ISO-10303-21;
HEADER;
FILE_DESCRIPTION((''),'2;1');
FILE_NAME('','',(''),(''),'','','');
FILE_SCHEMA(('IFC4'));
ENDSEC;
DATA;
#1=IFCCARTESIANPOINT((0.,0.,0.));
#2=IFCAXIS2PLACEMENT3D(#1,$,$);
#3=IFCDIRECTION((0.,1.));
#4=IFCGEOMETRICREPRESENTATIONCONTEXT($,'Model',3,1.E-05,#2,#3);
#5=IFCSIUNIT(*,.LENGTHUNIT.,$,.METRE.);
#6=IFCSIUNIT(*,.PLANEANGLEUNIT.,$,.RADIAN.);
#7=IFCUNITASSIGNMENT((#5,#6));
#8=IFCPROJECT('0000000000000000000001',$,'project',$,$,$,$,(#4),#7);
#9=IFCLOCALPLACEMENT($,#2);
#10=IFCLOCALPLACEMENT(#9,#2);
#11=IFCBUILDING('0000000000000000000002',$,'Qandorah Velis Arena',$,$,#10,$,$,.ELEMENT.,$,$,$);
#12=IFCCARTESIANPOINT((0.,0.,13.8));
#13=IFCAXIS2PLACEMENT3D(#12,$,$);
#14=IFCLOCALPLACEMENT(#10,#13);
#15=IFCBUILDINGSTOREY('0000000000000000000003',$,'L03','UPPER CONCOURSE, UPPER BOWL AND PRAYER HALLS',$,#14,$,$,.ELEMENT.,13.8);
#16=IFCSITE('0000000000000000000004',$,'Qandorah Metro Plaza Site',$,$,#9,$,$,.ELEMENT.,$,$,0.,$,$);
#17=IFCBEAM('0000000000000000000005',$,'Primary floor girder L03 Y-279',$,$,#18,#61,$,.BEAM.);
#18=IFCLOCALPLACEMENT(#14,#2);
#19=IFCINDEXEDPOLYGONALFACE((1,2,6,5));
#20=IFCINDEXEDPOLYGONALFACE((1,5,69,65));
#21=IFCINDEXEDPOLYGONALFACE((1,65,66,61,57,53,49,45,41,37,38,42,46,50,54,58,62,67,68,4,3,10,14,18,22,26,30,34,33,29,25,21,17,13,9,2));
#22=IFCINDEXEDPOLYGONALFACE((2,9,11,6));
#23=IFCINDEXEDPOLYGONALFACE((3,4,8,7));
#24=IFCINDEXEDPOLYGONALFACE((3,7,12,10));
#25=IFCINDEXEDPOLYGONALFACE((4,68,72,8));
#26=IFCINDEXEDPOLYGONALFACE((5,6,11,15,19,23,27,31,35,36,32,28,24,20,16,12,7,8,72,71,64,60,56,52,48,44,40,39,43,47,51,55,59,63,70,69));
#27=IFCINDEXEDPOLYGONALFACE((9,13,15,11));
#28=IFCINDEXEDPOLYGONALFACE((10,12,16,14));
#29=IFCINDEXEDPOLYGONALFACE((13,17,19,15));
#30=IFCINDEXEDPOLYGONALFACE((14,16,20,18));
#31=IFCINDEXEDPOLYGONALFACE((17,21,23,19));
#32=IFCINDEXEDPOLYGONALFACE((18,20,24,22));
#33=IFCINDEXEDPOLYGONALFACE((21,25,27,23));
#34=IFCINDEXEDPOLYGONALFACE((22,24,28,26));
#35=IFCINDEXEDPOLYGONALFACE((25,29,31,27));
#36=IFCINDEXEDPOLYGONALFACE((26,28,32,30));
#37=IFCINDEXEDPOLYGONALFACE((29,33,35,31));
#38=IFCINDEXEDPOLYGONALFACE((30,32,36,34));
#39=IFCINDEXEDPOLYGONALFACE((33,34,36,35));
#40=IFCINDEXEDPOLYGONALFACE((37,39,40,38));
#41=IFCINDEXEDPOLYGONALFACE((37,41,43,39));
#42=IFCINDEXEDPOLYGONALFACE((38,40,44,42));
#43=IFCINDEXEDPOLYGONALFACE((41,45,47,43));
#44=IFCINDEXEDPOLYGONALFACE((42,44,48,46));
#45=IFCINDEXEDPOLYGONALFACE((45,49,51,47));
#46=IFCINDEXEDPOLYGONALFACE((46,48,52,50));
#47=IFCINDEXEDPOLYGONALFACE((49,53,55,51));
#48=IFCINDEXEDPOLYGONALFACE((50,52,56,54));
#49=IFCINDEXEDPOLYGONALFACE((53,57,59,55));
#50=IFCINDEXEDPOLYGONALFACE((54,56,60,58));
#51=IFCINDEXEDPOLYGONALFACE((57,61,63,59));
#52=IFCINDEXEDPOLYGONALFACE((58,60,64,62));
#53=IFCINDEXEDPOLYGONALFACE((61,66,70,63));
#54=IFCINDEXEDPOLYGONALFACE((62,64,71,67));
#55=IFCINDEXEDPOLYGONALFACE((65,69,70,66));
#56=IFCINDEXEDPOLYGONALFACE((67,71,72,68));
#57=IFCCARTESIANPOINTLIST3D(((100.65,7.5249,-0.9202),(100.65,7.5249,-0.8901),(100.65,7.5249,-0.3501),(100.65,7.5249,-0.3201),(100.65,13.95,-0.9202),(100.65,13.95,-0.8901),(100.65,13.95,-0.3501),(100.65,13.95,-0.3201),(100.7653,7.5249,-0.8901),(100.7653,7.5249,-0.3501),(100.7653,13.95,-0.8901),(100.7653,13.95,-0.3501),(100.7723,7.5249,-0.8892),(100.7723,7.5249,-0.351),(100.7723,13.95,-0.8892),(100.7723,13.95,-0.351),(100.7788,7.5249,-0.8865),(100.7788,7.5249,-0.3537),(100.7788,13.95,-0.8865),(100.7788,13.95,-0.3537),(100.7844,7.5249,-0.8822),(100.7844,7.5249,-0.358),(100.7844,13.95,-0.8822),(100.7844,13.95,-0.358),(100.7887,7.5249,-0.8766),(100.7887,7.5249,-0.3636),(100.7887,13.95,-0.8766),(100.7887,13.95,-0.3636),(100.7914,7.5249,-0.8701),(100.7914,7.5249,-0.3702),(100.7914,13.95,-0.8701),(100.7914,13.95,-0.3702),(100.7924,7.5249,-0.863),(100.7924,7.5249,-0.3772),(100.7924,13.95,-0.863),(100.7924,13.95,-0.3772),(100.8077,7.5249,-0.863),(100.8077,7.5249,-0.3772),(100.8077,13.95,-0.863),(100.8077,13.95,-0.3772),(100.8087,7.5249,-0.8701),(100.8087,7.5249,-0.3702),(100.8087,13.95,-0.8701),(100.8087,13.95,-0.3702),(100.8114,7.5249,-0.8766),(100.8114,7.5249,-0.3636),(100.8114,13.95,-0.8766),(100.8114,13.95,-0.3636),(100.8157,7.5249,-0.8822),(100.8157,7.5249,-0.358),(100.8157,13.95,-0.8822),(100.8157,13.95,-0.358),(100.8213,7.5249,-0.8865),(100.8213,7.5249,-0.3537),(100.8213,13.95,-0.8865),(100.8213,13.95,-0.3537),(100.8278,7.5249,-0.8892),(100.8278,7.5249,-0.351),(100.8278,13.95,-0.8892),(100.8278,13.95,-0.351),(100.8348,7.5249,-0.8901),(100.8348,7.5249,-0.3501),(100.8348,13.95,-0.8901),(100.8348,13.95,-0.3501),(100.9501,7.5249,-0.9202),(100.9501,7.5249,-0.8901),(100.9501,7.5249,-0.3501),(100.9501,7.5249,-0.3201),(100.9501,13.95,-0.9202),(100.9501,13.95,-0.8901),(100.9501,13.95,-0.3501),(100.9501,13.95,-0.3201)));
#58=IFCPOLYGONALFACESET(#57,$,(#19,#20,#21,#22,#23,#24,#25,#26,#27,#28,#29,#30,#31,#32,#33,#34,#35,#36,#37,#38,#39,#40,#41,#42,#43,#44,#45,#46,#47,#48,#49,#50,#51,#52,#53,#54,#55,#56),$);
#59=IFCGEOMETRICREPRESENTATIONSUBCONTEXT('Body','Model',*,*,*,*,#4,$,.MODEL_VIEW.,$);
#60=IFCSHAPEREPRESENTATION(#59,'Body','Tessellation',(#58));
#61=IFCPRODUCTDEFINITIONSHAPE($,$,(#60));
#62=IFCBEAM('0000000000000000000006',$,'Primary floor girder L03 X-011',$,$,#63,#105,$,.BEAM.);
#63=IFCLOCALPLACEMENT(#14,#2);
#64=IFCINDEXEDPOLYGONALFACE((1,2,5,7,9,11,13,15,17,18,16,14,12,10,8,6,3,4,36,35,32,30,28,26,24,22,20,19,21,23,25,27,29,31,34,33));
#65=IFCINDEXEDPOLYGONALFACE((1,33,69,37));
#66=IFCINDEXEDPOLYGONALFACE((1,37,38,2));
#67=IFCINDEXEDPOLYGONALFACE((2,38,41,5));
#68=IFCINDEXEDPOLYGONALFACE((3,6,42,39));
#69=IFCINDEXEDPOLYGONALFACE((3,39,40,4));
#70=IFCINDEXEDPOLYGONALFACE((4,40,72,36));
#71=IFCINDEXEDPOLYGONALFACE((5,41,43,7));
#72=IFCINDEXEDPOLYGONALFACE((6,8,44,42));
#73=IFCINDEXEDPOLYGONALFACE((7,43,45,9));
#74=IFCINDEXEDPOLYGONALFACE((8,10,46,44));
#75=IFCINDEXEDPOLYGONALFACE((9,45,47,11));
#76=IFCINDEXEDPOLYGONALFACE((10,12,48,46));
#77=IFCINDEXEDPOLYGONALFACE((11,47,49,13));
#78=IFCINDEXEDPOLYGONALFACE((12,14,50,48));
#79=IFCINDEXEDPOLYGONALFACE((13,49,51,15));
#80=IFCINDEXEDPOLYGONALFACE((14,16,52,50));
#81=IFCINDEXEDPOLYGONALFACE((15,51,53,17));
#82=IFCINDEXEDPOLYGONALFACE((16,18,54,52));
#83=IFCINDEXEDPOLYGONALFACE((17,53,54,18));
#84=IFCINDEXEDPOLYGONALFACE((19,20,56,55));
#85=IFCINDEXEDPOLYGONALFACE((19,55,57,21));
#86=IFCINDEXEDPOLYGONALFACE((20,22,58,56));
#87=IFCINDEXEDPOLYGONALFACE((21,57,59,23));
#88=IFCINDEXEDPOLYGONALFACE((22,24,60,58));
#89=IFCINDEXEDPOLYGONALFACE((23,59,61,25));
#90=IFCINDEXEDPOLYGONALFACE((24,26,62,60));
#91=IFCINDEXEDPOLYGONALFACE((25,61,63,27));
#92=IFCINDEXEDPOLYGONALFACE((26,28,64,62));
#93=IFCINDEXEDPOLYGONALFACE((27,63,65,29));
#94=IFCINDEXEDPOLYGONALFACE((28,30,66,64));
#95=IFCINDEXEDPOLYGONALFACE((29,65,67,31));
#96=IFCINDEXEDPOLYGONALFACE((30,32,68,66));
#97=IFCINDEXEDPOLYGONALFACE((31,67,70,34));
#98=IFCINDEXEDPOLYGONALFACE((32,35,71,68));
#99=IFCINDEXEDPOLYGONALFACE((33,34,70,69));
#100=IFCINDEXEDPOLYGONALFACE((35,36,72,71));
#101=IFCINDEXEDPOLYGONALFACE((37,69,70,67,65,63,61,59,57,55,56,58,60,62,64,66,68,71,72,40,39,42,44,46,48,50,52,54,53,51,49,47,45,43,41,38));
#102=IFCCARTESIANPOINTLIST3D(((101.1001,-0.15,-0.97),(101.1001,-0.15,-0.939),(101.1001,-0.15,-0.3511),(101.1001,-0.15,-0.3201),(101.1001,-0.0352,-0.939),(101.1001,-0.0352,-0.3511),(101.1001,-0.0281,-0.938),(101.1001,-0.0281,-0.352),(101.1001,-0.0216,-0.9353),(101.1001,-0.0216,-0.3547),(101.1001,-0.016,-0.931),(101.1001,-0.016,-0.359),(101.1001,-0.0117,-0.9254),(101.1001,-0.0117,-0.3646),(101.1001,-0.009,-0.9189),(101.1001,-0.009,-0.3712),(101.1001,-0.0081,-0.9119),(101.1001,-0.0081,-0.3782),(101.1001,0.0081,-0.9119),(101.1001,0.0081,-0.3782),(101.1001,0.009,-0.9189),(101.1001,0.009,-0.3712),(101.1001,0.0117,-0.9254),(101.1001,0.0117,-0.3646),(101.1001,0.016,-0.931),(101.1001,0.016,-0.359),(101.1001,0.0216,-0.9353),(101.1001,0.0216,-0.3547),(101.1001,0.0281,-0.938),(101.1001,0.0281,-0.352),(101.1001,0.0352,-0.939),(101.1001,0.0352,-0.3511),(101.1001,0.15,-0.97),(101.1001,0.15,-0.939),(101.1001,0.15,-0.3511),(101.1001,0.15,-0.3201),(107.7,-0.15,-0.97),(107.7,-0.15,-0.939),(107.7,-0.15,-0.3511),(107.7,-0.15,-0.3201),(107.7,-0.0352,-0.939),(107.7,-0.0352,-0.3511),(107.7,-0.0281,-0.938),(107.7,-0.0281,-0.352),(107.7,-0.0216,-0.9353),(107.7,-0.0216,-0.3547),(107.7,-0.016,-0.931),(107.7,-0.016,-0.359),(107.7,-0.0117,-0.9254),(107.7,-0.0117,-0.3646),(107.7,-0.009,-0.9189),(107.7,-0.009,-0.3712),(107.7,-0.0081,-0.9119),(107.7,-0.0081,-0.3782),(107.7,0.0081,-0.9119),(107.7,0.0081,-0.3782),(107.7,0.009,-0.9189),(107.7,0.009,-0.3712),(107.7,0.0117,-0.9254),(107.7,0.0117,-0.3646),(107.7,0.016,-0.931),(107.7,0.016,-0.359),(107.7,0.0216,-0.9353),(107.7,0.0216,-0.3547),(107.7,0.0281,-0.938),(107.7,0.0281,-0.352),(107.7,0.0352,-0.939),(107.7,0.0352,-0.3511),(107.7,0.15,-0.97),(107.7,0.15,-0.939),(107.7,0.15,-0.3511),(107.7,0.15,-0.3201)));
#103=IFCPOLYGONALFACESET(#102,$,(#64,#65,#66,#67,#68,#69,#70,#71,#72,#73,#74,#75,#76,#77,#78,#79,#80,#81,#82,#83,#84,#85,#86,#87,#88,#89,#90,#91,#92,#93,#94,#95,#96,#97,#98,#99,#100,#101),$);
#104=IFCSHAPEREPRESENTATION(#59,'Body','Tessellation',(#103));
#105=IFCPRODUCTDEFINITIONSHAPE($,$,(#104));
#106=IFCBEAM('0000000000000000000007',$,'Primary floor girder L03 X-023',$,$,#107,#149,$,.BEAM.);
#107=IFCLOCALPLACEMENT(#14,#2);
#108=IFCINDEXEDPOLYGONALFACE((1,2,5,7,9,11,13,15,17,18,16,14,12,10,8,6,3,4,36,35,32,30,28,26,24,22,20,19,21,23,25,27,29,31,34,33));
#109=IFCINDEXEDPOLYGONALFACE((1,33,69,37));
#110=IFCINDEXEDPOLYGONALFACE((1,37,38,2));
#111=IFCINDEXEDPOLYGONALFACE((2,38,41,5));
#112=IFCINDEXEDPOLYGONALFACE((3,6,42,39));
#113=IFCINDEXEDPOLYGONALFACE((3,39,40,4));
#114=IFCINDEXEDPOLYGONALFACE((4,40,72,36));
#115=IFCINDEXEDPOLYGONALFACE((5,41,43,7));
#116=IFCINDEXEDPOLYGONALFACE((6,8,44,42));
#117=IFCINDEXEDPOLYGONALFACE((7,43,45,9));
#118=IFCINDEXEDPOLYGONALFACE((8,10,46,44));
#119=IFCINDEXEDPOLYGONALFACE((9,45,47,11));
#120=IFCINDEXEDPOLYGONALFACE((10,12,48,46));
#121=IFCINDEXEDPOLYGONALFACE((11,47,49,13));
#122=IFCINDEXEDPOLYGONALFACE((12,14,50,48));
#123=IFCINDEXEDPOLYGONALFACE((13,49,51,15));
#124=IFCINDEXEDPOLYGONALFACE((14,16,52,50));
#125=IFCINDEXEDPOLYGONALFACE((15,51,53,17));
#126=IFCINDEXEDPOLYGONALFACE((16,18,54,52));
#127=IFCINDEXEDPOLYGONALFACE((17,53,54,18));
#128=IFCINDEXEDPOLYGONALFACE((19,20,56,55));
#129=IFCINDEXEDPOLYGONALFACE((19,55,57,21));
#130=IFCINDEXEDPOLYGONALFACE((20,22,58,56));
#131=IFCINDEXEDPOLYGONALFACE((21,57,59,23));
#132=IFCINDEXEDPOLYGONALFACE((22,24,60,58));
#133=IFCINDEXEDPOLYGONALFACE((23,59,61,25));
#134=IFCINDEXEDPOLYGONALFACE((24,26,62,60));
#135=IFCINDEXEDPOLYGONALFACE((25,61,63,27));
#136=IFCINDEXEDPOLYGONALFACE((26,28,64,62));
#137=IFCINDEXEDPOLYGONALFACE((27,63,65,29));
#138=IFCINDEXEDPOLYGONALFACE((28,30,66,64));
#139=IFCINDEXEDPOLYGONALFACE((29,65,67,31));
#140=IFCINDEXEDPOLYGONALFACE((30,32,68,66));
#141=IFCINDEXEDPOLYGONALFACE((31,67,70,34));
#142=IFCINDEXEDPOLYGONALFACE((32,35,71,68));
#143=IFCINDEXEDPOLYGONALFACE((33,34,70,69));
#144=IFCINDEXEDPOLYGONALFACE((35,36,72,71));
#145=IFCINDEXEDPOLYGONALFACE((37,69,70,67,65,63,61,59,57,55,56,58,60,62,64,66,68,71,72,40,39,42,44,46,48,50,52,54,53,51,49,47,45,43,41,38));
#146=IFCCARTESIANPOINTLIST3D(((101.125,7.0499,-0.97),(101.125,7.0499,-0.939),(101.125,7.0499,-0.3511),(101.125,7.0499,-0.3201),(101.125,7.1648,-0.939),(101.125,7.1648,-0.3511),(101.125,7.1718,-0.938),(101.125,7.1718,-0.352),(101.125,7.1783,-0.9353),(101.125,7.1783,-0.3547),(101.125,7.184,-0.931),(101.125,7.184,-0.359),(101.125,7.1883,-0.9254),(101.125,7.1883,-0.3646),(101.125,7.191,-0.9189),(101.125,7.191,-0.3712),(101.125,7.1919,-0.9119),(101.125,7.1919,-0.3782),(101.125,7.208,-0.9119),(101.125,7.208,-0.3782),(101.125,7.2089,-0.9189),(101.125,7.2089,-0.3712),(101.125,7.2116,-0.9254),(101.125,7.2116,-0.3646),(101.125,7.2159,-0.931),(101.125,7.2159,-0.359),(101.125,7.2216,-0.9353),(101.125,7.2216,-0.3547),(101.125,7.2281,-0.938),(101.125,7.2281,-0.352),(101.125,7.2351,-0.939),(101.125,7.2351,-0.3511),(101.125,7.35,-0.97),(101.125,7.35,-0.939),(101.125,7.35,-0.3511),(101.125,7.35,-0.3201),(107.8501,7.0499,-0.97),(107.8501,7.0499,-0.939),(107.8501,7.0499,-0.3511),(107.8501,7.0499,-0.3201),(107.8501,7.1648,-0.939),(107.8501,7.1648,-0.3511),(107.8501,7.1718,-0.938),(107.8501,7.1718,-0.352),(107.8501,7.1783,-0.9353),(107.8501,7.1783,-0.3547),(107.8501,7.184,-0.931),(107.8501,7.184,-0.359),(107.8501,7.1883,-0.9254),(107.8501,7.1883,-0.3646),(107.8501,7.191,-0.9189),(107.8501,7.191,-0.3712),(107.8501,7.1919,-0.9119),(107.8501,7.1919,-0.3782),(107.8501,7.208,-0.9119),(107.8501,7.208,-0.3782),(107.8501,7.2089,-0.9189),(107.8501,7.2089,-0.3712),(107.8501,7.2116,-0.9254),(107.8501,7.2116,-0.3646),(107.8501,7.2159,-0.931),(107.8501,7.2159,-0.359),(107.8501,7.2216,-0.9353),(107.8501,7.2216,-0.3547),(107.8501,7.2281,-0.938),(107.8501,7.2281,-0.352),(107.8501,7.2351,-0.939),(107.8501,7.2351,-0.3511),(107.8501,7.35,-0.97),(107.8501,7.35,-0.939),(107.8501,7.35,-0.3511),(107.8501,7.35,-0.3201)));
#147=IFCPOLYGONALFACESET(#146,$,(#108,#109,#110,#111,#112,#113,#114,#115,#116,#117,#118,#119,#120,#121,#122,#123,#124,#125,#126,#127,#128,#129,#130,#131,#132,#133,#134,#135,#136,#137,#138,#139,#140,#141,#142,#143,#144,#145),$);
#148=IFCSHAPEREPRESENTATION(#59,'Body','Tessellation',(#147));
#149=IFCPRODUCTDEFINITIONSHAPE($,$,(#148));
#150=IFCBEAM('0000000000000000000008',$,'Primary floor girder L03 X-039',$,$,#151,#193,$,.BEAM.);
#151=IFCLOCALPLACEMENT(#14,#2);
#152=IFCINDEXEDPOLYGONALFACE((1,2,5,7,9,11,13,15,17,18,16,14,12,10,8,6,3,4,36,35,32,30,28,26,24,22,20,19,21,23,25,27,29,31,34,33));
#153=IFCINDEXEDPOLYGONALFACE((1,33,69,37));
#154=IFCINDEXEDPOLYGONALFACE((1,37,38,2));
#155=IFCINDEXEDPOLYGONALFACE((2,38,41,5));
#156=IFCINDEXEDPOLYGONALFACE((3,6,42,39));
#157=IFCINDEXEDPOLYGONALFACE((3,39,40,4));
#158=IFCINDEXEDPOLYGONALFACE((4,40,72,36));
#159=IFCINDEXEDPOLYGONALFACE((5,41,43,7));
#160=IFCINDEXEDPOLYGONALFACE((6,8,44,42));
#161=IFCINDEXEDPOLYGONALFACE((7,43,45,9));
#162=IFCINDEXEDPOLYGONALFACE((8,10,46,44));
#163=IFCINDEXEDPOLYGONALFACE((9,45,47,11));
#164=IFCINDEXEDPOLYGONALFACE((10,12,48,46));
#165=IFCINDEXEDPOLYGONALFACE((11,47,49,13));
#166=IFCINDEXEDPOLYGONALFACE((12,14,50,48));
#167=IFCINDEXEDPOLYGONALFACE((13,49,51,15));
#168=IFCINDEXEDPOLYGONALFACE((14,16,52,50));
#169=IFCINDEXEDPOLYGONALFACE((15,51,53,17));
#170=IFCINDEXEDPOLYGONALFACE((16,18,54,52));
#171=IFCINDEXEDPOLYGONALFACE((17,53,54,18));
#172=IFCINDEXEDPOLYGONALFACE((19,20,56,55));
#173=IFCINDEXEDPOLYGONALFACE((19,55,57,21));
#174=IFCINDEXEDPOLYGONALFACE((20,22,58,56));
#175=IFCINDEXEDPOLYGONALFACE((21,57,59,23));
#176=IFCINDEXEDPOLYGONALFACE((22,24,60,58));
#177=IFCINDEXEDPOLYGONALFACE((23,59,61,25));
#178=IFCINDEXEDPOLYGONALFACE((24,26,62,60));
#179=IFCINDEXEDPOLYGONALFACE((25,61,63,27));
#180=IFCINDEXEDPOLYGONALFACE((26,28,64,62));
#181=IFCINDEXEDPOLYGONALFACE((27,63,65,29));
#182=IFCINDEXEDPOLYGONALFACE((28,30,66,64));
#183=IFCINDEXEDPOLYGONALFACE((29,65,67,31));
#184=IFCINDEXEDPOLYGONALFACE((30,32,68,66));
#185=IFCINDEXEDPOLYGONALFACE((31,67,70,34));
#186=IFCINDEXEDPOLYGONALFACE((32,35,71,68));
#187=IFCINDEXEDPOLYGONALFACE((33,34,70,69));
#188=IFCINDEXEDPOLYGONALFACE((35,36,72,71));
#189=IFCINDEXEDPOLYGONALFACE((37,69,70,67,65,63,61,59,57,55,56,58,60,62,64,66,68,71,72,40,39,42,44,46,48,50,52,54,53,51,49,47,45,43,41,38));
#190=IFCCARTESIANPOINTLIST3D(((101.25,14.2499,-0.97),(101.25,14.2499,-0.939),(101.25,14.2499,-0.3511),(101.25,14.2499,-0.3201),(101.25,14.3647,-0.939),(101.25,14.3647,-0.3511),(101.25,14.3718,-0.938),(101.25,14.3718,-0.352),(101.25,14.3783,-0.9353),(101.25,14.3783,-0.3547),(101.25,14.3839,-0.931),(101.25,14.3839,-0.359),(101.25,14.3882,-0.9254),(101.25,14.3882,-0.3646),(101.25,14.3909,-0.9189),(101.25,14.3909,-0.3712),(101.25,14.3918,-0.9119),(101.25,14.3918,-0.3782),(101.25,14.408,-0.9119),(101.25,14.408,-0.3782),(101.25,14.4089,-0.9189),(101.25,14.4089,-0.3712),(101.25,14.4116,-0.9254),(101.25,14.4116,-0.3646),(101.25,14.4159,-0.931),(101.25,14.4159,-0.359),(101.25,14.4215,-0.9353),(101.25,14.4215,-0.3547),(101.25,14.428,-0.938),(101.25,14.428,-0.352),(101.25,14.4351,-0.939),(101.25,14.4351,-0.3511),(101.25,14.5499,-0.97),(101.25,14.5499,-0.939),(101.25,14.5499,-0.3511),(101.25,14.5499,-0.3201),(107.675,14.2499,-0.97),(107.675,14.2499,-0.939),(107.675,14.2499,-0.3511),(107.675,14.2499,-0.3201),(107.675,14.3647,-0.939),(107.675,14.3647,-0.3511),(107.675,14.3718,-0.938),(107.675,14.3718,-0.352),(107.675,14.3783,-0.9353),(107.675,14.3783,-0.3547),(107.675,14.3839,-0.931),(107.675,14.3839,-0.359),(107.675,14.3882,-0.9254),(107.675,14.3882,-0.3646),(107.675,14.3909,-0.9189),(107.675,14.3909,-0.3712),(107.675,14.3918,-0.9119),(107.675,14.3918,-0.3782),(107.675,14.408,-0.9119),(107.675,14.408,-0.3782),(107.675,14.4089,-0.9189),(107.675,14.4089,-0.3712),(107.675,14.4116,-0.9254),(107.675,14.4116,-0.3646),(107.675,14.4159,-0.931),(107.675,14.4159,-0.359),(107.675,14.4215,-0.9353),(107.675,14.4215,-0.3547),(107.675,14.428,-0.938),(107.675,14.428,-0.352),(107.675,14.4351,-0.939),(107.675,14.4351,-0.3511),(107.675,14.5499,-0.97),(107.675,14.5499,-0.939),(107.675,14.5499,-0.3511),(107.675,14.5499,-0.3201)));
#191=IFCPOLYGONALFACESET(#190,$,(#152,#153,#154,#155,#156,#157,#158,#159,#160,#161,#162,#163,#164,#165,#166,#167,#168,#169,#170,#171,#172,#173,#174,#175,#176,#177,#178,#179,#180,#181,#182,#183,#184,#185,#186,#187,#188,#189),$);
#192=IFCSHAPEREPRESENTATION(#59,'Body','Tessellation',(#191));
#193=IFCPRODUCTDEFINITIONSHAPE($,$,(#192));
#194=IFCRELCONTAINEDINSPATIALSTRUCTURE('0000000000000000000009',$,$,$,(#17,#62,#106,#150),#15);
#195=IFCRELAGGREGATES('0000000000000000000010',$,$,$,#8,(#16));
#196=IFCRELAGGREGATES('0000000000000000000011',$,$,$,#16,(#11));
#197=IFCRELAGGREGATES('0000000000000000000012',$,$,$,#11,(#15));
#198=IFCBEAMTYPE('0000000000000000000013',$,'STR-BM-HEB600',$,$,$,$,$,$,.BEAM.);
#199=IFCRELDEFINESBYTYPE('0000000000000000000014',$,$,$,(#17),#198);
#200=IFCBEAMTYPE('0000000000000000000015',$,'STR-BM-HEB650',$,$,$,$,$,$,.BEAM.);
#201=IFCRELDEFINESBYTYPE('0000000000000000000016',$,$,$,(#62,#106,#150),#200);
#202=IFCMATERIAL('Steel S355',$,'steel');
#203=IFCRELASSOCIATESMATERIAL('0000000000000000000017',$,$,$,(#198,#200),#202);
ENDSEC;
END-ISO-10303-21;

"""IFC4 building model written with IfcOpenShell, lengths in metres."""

from ifc_helpers import new_model, si_unit, direction, frame, origin, origin_2d, place, context, subcontext, project, spatial, i_section, extrude, material, material_profile, profile_set, type_object, element, save


model = new_model("IFC4")

# Units and contexts
model_context = context("Model", 3, precision=1e-05, world=origin(), true_north=direction((0.0, 1.0)))
body_context = subcontext(model_context, "Body", "Model", "MODEL_VIEW")
ifc_project = project(units=[si_unit("LENGTHUNIT", "METRE"), si_unit("PLANEANGLEUNIT", "RADIAN")], contexts=[model_context])

# Site, building, storey
site_placement = place(None, origin())
site = spatial("IfcSite", under=ifc_project, at=site_placement, Name="Qandorah Metro Plaza Site", CompositionType="ELEMENT", RefElevation=0.0)
building_placement = place(site_placement, origin())
building = spatial("IfcBuilding", under=site, at=building_placement, Name="Qandorah Velis Arena", CompositionType="ELEMENT")
storey_placement = place(building_placement, frame((0.0, 0.0, 13.8)))
storey = spatial("IfcBuildingStorey", under=building, at=storey_placement, Name="L03", Description="UPPER CONCOURSE, UPPER BOWL AND PRAYER HALLS", CompositionType="ELEMENT", Elevation=13.8)

# Beams
ifc_material_1 = material(Name="Steel S355", Category="steel")
ifc_material_profile_1 = material_profile(ifc_material_1, i_section(OverallWidth=0.3, OverallDepth=0.6001, WebThickness=0.0154, FlangeThickness=0.03, FilletRadius=0.0271, at=origin_2d()), Name="HEB 600")
ifc_profile_set_1 = profile_set([ifc_material_profile_1], Name="Steel S355")
beam_type_1 = type_object("IfcBeamType", Name="STR-BM-HEB600", PredefinedType="BEAM", material=ifc_profile_set_1)
beam_1_placement = place(storey_placement, frame((100.8, 7.5249, -0.6201), z_axis=(0.0, 1.0, 0.0), x_axis=(-1.0, 0.0, 0.0)))
element("IfcBeam", 1, at=beam_1_placement, inside=storey, type_object=beam_type_1, Name="Primary floor girder L03 Y-279", PredefinedType="BEAM", context=body_context, shape_type="SweptSolid", body=[
    extrude(i_section(OverallWidth=0.3, OverallDepth=0.6001, WebThickness=0.0154, FlangeThickness=0.03, FilletRadius=0.0271, at=origin_2d()), origin(), (0.0, 0.0, 1.0), 6.425),
])
ifc_material_profile_2 = material_profile(ifc_material_1, i_section(OverallWidth=0.3, OverallDepth=0.6499, WebThickness=0.0161, FlangeThickness=0.031, FilletRadius=0.0271, at=origin_2d()), Name="HEB 650")
ifc_profile_set_2 = profile_set([ifc_material_profile_2], Name="Steel S355")
beam_type_2 = type_object("IfcBeamType", Name="STR-BM-HEB650", PredefinedType="BEAM", material=ifc_profile_set_2)
beam_2_placement = place(storey_placement, frame((101.1001, 0.0, -0.645), z_axis=(1.0, 0.0, 0.0), x_axis=(0.0, 1.0, 0.0)))
element("IfcBeam", 2, at=beam_2_placement, inside=storey, type_object=beam_type_2, Name="Primary floor girder L03 X-011", PredefinedType="BEAM", context=body_context, shape_type="SweptSolid", body=[
    extrude(i_section(OverallWidth=0.3, OverallDepth=0.6499, WebThickness=0.0161, FlangeThickness=0.031, FilletRadius=0.0271, at=origin_2d()), origin(), (0.0, 0.0, 1.0), 6.5999),
])
beam_3_placement = place(storey_placement, frame((101.125, 7.2, -0.645), z_axis=(1.0, 0.0, 0.0), x_axis=(0.0, 1.0, 0.0)))
element("IfcBeam", 3, at=beam_3_placement, inside=storey, type_object=beam_type_2, Name="Primary floor girder L03 X-023", PredefinedType="BEAM", context=body_context, shape_type="SweptSolid", body=[
    extrude(i_section(OverallWidth=0.3, OverallDepth=0.6499, WebThickness=0.0161, FlangeThickness=0.031, FilletRadius=0.0271, at=origin_2d()), origin(), (0.0, 0.0, 1.0), 6.7251),
])
beam_4_placement = place(storey_placement, frame((101.25, 14.3999, -0.645), z_axis=(1.0, 0.0, 0.0), x_axis=(0.0, 1.0, 0.0)))
element("IfcBeam", 4, at=beam_4_placement, inside=storey, type_object=beam_type_2, Name="Primary floor girder L03 X-039", PredefinedType="BEAM", context=body_context, shape_type="SweptSolid", body=[
    extrude(i_section(OverallWidth=0.3, OverallDepth=0.6499, WebThickness=0.0161, FlangeThickness=0.031, FilletRadius=0.0271, at=origin_2d()), origin(), (0.0, 0.0, 1.0), 6.425),
])

save(model, "model.ifc")
